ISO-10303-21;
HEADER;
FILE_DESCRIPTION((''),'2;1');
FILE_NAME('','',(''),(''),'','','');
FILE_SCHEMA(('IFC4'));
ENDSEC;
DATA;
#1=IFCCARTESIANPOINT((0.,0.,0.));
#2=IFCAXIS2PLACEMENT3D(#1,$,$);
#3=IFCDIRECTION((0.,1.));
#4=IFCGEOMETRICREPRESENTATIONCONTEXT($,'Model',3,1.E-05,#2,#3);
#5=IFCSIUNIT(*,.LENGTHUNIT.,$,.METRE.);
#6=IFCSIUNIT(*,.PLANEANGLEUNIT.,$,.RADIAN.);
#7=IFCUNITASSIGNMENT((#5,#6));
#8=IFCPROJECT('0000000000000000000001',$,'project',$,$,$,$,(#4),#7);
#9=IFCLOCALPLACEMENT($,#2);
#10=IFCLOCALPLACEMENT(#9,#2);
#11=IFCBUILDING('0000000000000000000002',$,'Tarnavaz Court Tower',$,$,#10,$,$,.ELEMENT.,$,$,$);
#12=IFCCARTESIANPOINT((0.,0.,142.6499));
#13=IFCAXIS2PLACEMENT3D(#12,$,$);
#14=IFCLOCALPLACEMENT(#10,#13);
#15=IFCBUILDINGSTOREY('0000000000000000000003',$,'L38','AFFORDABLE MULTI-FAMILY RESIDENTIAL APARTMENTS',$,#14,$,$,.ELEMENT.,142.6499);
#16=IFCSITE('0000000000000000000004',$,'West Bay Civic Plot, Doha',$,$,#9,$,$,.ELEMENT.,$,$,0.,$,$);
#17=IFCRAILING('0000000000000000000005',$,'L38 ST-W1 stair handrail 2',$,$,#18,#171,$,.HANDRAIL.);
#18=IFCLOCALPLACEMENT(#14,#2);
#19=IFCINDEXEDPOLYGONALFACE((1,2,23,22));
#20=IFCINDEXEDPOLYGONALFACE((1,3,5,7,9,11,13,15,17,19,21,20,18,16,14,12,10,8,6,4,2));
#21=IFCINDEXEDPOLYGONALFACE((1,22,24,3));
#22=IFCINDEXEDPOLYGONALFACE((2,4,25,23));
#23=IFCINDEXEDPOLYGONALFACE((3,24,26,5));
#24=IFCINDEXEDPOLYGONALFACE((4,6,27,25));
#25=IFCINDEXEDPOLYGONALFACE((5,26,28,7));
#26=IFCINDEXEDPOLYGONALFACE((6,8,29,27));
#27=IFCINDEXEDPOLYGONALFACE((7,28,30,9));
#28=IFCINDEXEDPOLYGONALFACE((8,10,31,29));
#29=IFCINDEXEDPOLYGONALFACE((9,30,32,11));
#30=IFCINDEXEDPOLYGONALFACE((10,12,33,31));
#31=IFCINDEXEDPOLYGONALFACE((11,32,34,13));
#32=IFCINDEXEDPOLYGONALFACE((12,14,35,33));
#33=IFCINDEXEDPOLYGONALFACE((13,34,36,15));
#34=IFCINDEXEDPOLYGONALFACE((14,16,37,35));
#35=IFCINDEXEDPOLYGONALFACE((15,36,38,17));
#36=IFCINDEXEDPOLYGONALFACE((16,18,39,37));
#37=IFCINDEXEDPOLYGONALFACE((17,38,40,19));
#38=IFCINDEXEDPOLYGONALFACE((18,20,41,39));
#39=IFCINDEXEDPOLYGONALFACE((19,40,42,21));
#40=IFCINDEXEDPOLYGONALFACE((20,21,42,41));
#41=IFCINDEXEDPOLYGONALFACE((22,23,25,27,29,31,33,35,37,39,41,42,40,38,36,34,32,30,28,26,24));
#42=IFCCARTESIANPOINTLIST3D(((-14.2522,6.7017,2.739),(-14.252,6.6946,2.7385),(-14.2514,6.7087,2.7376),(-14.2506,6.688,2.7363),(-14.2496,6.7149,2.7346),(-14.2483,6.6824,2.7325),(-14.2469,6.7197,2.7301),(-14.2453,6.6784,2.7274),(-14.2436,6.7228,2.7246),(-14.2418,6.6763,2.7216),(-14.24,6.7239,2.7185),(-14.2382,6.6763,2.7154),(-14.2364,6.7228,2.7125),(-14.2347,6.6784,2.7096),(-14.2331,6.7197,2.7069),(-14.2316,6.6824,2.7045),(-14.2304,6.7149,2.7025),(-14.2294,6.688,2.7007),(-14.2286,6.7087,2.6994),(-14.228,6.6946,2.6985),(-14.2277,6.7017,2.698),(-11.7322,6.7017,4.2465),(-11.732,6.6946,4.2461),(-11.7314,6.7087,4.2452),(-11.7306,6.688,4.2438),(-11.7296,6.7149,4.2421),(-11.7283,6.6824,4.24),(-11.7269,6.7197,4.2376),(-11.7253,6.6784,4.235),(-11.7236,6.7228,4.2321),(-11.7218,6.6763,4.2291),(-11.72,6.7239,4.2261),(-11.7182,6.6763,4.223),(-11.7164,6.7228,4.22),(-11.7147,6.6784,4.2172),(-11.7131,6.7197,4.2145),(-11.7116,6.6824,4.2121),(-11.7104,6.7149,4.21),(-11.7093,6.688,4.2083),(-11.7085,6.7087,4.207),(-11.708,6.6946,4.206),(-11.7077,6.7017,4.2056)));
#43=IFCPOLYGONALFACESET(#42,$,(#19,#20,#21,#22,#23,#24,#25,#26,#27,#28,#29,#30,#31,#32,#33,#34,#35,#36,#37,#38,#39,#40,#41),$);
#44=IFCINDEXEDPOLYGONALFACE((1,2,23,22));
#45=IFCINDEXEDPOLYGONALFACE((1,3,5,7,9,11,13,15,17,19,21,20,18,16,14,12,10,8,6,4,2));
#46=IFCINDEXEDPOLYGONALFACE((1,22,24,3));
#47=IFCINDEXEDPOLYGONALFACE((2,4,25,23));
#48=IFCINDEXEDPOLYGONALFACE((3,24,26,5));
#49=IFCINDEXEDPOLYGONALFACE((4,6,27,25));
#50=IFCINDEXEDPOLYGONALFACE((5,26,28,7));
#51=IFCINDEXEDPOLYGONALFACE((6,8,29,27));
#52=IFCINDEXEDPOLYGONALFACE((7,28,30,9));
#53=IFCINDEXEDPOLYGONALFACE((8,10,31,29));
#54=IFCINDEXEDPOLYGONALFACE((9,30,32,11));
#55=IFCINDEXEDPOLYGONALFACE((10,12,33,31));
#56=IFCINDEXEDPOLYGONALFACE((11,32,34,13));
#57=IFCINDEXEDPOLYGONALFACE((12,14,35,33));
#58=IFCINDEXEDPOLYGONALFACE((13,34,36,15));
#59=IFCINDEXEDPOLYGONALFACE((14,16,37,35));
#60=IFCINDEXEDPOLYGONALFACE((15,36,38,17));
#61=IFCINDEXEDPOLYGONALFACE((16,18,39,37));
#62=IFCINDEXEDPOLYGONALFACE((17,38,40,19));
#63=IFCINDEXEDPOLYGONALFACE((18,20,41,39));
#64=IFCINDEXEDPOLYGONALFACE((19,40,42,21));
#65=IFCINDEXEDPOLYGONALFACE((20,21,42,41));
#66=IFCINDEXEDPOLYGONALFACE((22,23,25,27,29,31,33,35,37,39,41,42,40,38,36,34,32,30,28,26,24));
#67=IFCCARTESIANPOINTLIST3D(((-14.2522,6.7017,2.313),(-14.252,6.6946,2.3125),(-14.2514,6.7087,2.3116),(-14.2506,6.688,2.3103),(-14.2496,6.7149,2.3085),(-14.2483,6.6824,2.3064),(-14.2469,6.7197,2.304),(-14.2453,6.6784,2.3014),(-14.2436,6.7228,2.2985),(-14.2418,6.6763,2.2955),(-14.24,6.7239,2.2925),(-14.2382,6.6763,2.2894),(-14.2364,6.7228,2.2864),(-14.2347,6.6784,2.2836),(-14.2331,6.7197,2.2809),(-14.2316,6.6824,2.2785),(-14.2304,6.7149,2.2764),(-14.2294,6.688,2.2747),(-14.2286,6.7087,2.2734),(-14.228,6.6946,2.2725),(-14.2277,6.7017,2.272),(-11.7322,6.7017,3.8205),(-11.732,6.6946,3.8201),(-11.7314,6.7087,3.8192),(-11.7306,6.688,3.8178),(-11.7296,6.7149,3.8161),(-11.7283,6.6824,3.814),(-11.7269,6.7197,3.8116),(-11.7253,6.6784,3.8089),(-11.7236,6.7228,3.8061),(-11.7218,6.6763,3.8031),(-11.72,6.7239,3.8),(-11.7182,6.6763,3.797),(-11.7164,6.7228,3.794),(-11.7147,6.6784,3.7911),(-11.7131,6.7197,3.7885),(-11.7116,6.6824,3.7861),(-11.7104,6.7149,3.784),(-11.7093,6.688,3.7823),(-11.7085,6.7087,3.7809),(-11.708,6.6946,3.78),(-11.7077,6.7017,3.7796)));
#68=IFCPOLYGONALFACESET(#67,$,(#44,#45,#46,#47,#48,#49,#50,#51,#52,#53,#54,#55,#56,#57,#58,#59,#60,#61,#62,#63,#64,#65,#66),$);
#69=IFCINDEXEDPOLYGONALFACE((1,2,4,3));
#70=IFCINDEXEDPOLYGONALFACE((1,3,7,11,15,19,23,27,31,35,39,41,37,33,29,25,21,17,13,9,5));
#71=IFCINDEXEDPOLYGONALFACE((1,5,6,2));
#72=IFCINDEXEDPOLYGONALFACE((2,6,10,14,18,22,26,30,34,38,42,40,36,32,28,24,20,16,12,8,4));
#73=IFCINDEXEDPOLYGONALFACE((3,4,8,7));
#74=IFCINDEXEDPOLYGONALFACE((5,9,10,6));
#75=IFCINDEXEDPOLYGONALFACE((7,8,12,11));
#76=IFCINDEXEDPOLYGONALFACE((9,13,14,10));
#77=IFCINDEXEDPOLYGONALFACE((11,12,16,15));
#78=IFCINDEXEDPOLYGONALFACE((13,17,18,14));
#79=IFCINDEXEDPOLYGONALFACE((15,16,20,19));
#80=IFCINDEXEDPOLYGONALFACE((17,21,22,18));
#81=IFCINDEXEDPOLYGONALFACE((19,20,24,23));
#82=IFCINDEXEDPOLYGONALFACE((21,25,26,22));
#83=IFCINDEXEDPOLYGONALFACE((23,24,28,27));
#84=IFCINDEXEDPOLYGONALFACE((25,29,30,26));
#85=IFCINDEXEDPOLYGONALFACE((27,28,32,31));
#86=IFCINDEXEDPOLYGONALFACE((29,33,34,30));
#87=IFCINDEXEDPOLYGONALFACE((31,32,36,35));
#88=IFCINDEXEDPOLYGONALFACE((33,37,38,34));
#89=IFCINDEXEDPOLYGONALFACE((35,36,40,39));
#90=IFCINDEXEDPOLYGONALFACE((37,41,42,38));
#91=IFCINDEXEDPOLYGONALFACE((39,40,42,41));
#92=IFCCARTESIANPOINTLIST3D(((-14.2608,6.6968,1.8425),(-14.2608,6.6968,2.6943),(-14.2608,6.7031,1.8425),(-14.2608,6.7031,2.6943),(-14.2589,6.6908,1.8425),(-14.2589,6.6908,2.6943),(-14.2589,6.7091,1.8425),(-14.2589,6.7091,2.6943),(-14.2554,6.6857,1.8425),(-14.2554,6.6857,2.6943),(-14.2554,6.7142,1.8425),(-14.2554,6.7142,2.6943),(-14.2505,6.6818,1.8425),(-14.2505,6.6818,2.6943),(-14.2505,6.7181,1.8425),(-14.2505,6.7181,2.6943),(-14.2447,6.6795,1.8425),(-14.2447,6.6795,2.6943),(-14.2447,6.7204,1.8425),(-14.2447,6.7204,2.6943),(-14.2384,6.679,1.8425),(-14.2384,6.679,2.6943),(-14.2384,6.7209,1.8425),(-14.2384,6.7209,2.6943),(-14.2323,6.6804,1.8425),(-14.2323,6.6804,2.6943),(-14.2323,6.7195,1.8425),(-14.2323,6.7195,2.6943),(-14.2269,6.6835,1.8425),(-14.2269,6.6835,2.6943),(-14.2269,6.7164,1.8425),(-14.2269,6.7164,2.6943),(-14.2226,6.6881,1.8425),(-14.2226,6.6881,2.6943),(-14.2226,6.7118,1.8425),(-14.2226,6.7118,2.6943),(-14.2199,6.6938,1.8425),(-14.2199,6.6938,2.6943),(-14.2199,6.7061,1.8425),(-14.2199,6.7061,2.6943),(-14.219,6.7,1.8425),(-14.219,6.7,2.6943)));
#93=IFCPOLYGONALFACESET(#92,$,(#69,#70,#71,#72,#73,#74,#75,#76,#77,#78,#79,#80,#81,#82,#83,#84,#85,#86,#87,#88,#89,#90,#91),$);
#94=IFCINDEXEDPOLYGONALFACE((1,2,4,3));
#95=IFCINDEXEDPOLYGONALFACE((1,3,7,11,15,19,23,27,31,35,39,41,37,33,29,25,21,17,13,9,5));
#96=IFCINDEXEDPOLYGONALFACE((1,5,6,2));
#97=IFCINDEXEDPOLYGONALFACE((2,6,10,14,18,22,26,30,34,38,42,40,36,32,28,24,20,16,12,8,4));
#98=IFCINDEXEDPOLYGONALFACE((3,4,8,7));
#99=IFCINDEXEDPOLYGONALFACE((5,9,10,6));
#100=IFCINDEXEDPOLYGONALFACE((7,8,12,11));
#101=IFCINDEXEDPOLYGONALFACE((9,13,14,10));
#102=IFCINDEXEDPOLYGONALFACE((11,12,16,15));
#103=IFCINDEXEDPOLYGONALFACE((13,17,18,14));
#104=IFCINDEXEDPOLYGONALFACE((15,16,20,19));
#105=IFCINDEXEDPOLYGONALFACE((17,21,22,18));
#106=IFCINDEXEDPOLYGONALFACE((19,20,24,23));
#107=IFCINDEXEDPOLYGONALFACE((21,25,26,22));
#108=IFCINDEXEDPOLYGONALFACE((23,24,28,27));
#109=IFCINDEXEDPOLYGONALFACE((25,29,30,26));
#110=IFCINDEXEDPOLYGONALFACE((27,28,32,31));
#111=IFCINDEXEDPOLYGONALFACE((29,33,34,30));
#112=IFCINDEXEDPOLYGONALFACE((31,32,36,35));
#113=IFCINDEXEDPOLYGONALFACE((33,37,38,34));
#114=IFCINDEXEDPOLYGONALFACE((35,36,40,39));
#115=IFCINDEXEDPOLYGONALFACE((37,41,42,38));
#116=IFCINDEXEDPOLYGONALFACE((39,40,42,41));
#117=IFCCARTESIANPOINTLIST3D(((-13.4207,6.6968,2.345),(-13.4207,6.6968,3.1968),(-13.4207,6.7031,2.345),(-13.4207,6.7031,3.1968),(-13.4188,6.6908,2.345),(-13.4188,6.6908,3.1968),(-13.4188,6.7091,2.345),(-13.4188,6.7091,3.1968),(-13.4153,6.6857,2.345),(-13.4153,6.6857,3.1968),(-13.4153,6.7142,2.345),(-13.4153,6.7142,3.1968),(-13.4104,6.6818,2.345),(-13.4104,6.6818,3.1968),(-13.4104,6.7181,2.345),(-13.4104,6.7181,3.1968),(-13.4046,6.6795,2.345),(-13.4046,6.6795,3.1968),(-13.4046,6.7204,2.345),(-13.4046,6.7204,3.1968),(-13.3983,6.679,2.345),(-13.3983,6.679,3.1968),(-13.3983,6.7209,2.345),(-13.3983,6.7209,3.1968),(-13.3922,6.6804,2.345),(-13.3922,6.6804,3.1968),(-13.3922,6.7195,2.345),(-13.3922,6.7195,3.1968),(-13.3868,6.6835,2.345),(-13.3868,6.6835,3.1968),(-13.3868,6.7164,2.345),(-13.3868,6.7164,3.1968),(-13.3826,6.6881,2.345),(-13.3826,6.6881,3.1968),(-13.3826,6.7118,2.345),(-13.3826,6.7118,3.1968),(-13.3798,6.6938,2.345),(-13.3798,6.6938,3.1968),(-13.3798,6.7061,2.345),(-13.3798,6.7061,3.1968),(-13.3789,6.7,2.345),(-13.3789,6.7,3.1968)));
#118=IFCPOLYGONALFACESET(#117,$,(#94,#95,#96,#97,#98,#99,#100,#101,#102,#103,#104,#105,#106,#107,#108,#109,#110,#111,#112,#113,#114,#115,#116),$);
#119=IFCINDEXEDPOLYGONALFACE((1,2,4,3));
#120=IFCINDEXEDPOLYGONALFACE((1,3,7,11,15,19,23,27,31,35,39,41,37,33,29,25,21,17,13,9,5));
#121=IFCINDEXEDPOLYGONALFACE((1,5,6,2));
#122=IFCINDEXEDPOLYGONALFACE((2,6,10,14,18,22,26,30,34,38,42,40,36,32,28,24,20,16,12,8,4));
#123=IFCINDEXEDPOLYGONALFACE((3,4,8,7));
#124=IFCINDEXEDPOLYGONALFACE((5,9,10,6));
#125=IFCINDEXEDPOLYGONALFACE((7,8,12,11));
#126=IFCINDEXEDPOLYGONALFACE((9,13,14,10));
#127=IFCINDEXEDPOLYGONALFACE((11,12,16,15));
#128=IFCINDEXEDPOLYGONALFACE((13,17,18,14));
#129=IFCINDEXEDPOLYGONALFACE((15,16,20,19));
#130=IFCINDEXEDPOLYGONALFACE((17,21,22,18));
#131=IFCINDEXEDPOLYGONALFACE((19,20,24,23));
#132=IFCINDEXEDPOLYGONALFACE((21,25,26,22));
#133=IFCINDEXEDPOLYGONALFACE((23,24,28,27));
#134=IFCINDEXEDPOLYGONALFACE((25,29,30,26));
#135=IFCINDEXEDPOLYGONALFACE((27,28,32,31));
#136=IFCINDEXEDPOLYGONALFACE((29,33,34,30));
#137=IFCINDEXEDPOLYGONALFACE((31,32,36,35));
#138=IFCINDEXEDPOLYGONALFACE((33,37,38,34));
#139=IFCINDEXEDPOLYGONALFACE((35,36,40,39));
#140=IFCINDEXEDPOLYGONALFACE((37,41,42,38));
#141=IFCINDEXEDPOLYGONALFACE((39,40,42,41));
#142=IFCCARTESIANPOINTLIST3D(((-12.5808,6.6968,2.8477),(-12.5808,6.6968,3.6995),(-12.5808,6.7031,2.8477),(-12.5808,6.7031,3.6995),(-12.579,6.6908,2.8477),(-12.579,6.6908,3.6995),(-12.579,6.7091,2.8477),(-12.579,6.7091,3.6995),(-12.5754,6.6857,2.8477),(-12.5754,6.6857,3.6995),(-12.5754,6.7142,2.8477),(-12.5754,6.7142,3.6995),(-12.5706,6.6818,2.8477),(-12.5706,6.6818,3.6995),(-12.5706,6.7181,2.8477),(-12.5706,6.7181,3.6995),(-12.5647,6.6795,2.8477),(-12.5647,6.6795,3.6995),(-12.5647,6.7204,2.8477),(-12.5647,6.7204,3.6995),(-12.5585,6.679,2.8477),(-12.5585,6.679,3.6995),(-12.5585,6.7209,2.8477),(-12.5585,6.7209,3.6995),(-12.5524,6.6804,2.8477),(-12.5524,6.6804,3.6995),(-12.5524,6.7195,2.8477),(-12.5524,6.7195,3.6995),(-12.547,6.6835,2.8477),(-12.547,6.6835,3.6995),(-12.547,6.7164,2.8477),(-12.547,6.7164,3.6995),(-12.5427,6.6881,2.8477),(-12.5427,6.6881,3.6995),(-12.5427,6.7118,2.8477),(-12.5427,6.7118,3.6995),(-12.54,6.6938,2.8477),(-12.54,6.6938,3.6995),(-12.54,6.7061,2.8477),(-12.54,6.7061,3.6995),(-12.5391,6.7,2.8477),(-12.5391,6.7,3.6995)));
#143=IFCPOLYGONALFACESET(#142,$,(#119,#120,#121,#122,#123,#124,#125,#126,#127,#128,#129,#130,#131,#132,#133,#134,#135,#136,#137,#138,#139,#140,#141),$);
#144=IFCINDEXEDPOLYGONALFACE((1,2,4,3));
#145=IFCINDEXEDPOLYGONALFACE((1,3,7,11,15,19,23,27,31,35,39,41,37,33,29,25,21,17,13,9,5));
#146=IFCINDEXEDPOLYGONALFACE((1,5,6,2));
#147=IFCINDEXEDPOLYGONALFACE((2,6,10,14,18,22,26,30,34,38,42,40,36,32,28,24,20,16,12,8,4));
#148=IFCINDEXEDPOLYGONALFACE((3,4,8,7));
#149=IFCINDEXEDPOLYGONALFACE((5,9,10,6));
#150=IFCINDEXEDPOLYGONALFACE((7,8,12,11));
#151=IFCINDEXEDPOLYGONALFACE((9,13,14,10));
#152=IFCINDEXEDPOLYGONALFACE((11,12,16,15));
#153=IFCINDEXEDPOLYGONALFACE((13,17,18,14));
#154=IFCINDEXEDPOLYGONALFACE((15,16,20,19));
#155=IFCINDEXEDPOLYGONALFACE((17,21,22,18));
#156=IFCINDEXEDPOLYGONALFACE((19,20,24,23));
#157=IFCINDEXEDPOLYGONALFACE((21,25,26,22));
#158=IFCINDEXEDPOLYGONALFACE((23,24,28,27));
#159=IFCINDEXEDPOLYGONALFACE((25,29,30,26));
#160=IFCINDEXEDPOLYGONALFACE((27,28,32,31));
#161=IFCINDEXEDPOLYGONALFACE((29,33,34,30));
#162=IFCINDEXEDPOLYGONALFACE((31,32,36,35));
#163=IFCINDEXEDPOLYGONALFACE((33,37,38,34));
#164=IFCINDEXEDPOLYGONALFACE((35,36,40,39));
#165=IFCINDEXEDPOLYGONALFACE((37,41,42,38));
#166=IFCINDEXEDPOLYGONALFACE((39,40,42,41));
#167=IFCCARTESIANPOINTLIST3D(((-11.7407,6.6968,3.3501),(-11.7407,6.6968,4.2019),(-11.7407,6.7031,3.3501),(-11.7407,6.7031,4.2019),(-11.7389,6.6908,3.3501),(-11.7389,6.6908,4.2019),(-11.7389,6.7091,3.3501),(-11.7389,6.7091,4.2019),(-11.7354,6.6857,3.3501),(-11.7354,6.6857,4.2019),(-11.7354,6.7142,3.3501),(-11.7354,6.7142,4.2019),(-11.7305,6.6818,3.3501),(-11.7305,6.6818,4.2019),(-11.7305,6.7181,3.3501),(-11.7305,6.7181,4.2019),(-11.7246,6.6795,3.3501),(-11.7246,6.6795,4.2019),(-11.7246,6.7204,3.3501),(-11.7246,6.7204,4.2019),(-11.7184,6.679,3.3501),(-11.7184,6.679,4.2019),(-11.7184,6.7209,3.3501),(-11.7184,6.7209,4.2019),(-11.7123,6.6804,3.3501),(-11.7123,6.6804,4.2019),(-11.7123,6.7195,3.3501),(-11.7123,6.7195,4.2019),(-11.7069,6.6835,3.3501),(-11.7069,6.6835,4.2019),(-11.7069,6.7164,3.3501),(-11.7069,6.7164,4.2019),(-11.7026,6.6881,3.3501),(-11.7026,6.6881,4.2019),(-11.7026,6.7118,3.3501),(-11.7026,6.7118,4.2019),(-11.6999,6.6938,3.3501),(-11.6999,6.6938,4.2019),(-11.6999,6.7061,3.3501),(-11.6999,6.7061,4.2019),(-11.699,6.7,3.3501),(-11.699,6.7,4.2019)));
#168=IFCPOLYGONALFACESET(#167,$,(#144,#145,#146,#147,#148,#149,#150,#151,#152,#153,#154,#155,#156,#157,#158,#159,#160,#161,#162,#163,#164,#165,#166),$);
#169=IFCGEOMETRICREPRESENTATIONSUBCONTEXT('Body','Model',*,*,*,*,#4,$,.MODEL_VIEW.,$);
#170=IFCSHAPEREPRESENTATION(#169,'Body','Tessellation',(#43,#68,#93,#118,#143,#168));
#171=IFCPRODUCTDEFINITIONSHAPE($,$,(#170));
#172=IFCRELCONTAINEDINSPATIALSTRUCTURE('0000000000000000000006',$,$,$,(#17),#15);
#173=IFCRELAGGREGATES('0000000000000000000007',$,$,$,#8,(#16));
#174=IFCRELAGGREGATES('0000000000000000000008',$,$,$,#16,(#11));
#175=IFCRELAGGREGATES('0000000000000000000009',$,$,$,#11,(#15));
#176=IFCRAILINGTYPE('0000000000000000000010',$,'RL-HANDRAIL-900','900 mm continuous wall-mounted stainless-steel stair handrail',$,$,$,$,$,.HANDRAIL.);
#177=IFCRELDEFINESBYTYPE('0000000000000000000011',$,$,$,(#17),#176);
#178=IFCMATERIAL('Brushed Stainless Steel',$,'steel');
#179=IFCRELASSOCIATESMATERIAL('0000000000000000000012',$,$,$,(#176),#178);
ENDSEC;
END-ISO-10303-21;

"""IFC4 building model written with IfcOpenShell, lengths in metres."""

from ifc_helpers import new_model, si_unit, direction, frame, origin, origin_2d, place, context, subcontext, project, spatial, circle, extrude, material, type_object, element, save


model = new_model("IFC4")

# Units and contexts
model_context = context("Model", 3, precision=1e-05, world=origin(), true_north=direction((0.0, 1.0)))
body_context = subcontext(model_context, "Body", "Model", "MODEL_VIEW")
ifc_project = project(units=[si_unit("LENGTHUNIT", "METRE"), si_unit("PLANEANGLEUNIT", "RADIAN")], contexts=[model_context])

# Site, building, storey
site_placement = place(None, origin())
site = spatial("IfcSite", under=ifc_project, at=site_placement, Name="West Bay Civic Plot, Doha", CompositionType="ELEMENT", RefElevation=0.0)
building_placement = place(site_placement, origin())
building = spatial("IfcBuilding", under=site, at=building_placement, Name="Tarnavaz Court Tower", CompositionType="ELEMENT")
storey_placement = place(building_placement, frame((0.0, 0.0, 142.6499)))
storey = spatial("IfcBuildingStorey", under=building, at=storey_placement, Name="L38", Description="AFFORDABLE MULTI-FAMILY RESIDENTIAL APARTMENTS", CompositionType="ELEMENT", Elevation=142.6499)

# Railing
ifc_material_1 = material(Name="Brushed Stainless Steel", Category="steel")
railing_type_1 = type_object("IfcRailingType", Name="RL-HANDRAIL-900", Description="900 mm continuous wall-mounted stainless-steel stair handrail", PredefinedType="HANDRAIL", material=ifc_material_1)
railing_1_placement = place(storey_placement, frame((-14.24, 6.7, 1.8425)))
element("IfcRailing", 1, at=railing_1_placement, inside=storey, type_object=railing_type_1, Name="L38 ST-W1 stair handrail 2", PredefinedType="HANDRAIL", context=body_context, shape_type="SweptSolid", body=[
    extrude(circle(Radius=0.0239, at=origin_2d()), frame((0.0, 0.0, 0.876), z_axis=(0.85816, 0.0, 0.513383), x_axis=(0.0, 1.0, 0.0)), (0.0, 0.0, 1.0), 2.9365),
    extrude(circle(Radius=0.0239, at=origin_2d()), frame((0.0, 0.0, 0.45), z_axis=(0.85816, 0.0, 0.513383), x_axis=(0.0, 1.0, 0.0)), (0.0, 0.0, 1.0), 2.9365),
    extrude(circle(Radius=0.021, at=origin_2d()), origin(), (0.0, 0.0, 1.0), 0.8518),
    extrude(circle(Radius=0.021, at=origin_2d()), frame((0.8401, 0.0, 0.5024)), (0.0, 0.0, 1.0), 0.8518),
    extrude(circle(Radius=0.021, at=origin_2d()), frame((1.6799, 0.0, 1.0051)), (0.0, 0.0, 1.0), 0.8518),
    extrude(circle(Radius=0.021, at=origin_2d()), frame((2.52, 0.0, 1.5076)), (0.0, 0.0, 1.0), 0.8518),
])

save(model, "model.ifc")
